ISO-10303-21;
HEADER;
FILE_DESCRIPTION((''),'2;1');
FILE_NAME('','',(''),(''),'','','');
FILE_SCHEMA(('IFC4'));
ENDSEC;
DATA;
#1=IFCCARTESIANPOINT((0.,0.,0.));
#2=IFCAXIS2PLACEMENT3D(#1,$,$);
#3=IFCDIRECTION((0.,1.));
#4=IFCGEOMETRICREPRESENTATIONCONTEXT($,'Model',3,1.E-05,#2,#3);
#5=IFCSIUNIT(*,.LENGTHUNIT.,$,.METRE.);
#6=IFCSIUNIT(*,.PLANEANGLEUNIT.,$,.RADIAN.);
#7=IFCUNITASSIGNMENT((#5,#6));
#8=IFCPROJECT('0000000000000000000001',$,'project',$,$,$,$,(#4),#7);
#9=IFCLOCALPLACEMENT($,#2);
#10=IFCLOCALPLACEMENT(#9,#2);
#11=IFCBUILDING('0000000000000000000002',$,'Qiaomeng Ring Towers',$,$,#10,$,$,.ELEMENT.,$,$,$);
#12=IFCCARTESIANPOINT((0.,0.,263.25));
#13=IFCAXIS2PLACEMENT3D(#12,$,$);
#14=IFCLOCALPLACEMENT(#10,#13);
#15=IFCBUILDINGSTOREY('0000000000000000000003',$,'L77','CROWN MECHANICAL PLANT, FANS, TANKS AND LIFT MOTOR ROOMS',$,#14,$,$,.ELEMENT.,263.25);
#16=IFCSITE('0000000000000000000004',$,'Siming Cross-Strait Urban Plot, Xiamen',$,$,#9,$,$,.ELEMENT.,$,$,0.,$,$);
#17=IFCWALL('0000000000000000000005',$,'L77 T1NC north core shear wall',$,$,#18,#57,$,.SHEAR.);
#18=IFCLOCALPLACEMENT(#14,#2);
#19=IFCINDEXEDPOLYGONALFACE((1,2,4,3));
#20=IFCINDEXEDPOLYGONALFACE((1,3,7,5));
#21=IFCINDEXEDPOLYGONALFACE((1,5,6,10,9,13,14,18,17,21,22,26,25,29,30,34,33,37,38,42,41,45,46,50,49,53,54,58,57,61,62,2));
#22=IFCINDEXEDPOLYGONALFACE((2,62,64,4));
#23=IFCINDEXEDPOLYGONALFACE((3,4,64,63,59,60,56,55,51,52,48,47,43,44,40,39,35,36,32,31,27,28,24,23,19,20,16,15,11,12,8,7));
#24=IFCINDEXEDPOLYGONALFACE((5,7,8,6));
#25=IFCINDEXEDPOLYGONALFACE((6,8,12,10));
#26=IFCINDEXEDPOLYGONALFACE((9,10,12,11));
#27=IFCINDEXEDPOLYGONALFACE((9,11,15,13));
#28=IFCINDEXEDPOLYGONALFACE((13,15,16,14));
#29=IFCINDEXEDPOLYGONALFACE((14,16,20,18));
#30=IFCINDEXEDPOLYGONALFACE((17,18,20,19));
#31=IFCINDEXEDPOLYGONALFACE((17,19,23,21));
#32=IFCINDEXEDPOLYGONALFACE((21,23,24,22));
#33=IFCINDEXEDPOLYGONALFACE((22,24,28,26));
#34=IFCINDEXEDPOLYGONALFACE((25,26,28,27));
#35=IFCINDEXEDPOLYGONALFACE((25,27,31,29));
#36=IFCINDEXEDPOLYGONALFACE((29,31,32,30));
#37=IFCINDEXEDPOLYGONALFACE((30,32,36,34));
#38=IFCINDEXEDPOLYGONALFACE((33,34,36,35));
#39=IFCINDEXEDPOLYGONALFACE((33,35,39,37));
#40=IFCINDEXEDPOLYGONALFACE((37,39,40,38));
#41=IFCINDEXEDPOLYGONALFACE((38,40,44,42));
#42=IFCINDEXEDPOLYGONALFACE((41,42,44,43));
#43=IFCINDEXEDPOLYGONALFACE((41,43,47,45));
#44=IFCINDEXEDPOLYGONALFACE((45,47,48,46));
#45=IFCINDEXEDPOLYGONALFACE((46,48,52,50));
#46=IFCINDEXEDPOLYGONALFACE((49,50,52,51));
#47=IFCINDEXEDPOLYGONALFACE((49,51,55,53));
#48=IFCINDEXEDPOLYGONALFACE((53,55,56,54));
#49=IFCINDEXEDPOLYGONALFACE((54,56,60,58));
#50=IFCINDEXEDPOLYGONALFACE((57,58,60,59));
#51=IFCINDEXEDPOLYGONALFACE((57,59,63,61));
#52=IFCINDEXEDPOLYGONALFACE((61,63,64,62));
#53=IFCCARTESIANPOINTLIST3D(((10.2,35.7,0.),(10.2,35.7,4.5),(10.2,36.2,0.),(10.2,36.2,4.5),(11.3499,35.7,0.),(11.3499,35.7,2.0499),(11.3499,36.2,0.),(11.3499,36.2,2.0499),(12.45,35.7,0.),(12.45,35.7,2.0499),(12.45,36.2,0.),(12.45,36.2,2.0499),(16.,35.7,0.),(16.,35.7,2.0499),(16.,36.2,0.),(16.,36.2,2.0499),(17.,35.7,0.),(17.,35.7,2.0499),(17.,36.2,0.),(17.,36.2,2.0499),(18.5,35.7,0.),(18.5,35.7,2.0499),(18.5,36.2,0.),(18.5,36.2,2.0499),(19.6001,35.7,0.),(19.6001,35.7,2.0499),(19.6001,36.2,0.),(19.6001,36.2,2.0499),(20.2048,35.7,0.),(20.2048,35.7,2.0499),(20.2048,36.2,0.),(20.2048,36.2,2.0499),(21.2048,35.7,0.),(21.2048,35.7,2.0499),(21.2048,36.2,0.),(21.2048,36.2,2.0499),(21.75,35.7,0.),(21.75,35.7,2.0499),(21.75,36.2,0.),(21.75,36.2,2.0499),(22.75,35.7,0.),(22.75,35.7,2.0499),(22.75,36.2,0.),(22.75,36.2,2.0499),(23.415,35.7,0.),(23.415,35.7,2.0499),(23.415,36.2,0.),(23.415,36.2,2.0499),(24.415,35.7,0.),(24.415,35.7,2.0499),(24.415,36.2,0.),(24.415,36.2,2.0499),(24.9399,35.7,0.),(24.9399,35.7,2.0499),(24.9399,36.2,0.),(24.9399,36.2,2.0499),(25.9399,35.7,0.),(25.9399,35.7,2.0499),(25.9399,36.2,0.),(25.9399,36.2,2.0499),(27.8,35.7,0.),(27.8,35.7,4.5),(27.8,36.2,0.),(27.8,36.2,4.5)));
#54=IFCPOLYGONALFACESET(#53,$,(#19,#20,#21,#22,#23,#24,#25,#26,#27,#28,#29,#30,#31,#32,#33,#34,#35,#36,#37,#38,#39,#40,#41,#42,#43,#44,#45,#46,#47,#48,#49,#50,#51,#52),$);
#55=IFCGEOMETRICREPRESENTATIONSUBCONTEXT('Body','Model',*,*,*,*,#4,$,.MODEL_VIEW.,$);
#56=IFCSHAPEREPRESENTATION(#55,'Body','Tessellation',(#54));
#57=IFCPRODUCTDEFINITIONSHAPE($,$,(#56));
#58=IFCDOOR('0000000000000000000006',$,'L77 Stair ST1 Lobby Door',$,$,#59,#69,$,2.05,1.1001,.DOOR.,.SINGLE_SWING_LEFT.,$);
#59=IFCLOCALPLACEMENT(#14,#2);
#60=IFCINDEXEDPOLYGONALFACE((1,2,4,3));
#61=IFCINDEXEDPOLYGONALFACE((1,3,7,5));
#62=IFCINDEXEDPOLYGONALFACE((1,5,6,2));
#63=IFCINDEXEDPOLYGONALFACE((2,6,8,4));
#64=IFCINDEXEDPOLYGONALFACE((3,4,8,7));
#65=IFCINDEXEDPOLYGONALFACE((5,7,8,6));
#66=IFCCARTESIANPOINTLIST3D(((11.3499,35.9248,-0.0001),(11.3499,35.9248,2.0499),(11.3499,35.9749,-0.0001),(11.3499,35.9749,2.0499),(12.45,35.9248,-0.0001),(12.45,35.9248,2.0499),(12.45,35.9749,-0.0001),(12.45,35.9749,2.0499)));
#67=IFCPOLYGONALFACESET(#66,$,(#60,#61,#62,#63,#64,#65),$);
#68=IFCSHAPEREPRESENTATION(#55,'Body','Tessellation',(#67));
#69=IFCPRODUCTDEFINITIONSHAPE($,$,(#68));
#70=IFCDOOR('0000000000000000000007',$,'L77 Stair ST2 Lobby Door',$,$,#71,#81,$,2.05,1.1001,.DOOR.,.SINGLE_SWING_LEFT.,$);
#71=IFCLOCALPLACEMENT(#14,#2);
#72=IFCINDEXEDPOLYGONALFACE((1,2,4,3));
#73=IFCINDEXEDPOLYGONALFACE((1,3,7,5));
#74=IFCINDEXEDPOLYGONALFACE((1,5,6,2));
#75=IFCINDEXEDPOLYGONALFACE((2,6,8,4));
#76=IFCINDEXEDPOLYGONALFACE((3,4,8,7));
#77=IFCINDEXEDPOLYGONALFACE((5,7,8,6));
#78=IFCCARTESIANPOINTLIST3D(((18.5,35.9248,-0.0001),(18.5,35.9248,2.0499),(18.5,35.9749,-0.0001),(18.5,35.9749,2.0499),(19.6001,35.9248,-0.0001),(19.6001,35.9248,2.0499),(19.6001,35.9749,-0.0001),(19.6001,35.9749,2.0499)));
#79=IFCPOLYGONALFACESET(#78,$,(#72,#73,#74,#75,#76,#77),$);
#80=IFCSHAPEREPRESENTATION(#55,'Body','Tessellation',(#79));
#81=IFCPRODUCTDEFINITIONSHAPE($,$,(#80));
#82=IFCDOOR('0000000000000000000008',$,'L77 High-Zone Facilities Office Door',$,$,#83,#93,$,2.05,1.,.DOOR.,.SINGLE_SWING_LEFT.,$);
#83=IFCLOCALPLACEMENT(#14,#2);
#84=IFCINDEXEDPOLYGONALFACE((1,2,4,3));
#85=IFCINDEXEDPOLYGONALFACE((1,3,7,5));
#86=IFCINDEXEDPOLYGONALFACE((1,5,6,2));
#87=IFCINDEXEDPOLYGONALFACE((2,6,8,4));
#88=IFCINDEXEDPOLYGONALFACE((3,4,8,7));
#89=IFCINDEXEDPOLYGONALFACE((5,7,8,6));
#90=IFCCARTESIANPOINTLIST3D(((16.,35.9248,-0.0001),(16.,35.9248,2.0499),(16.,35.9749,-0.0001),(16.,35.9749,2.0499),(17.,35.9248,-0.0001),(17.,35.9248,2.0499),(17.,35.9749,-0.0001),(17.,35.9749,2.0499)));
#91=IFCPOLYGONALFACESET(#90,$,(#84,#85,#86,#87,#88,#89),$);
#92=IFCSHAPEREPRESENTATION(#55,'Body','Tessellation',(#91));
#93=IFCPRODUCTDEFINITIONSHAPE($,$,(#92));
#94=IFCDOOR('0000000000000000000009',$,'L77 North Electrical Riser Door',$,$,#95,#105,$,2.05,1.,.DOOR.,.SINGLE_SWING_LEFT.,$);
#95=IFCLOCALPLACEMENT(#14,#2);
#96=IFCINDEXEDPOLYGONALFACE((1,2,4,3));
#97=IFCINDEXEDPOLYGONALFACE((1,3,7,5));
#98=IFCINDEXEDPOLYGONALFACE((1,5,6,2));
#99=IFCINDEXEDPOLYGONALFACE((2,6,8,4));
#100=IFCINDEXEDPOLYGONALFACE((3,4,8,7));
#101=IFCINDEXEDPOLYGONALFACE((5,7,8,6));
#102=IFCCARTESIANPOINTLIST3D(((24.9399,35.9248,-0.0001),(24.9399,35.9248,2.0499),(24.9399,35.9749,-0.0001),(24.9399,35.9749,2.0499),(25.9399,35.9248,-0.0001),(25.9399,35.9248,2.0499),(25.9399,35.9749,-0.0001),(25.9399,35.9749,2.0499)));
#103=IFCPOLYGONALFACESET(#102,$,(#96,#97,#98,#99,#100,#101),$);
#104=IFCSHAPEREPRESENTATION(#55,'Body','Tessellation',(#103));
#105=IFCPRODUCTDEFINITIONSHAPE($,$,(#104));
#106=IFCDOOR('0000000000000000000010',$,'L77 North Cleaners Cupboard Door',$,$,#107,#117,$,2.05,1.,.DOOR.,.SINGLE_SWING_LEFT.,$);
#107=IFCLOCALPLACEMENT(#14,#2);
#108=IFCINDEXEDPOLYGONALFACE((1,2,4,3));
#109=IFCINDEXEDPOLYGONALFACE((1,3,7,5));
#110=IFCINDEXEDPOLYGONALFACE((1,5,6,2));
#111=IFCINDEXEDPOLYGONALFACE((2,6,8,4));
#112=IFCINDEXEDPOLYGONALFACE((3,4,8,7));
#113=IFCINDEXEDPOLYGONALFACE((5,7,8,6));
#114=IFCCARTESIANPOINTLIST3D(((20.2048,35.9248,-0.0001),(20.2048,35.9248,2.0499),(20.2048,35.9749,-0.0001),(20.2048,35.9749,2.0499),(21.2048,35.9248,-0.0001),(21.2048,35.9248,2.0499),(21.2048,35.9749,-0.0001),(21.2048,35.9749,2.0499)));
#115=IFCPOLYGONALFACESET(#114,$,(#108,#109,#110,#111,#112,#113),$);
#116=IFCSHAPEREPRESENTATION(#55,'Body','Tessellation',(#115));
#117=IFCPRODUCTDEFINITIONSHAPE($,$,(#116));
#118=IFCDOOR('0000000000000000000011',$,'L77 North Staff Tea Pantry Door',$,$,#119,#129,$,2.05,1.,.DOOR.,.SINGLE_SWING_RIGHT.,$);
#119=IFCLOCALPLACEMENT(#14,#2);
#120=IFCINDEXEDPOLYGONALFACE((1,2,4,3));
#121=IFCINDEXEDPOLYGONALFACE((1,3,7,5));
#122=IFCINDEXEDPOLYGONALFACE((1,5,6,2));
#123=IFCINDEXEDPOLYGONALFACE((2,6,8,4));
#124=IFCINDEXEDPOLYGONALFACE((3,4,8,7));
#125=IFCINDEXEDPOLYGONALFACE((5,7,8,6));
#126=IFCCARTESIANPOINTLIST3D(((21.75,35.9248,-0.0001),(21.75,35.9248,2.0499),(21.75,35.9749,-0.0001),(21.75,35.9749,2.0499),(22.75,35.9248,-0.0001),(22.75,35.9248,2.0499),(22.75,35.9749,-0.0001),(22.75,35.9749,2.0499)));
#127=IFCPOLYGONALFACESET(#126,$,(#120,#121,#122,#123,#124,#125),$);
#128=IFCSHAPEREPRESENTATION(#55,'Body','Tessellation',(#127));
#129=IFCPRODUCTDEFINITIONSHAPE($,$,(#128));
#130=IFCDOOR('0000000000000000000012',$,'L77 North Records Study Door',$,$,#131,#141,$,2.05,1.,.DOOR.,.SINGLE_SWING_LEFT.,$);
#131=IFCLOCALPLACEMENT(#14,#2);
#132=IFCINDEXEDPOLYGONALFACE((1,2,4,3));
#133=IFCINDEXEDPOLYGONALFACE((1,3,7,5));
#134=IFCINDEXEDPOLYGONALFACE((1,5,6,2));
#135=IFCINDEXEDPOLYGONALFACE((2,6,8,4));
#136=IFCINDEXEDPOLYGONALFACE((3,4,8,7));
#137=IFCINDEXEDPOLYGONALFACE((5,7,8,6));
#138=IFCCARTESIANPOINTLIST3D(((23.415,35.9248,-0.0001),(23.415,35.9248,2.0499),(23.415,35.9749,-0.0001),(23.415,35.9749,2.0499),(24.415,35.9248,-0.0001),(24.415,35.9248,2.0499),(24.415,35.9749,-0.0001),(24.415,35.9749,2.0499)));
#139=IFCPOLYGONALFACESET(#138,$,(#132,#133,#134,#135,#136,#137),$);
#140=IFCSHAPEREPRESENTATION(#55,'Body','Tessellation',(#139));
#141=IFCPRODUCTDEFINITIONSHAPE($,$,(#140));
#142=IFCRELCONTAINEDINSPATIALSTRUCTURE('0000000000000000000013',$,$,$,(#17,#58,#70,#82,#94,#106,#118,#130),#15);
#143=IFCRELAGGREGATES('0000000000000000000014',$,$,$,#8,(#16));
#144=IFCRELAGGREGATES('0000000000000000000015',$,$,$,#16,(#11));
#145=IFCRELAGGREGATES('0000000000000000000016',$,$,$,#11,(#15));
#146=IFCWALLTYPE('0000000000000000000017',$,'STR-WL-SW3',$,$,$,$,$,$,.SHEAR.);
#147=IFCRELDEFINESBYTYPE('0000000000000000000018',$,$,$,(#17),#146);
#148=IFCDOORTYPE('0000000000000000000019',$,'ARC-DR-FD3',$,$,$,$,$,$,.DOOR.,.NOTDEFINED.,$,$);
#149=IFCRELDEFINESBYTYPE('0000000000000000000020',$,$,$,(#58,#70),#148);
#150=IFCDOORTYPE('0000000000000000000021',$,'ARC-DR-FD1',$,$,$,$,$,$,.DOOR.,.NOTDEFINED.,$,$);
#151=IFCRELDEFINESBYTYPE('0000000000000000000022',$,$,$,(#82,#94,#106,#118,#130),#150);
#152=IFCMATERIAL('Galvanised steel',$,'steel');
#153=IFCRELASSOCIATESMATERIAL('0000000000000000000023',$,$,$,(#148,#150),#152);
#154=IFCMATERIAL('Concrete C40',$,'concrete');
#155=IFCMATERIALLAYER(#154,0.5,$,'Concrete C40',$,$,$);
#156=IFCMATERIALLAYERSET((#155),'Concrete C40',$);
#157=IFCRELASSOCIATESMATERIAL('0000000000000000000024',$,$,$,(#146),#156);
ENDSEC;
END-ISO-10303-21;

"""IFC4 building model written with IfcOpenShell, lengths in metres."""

from ifc_helpers import new_model, si_unit, direction, frame, frame_2d, origin, place, context, subcontext, project, spatial, rectangle, extrude, source, transform, mapped, material, layer, layer_set, type_object, element, fill, save


model = new_model("IFC4")

# Units and contexts
model_context = context("Model", 3, precision=1e-05, world=origin(), true_north=direction((0.0, 1.0)))
body_context = subcontext(model_context, "Body", "Model", "MODEL_VIEW")
ifc_project = project(units=[si_unit("LENGTHUNIT", "METRE"), si_unit("PLANEANGLEUNIT", "RADIAN")], contexts=[model_context])

# Site, building, storey
site_placement = place(None, origin())
site = spatial("IfcSite", under=ifc_project, at=site_placement, Name="Siming Cross-Strait Urban Plot, Xiamen", CompositionType="ELEMENT", RefElevation=0.0)
building_placement = place(site_placement, origin())
building = spatial("IfcBuilding", under=site, at=building_placement, Name="Qiaomeng Ring Towers", CompositionType="ELEMENT")
storey_placement = place(building_placement, frame((0.0, 0.0, 263.25)))
storey = spatial("IfcBuildingStorey", under=building, at=storey_placement, Name="L77", Description="CROWN MECHANICAL PLANT, FANS, TANKS AND LIFT MOTOR ROOMS", CompositionType="ELEMENT", Elevation=263.25)

# Shared definitions
ifc_material_1 = material(Name="Concrete C40", Category="concrete")

# Shared definitions
ifc_material_2 = material(Name="Galvanised steel", Category="steel")
door_type_1 = type_object("IfcDoorType", Name="ARC-DR-FD3", OperationType="NOTDEFINED", PredefinedType="DOOR", material=ifc_material_2)
shared_shape_1 = source(origin(), body_context, "Body", "SweptSolid", [
    extrude(rectangle(XDim=1.1001, YDim=2.05, at=frame_2d((0.55, 1.0249))), frame((0.0, 0.0249, 0.0), z_axis=(0.0, -1.0, 0.0), x_axis=(1.0, 0.0, 0.0)), (0.0, 0.0, 1.0), 0.05),
])

# Wall, openings, doors
ifc_layer_1 = layer(ifc_material_1, 0.5, Name="Concrete C40")
ifc_layer_set_1 = layer_set([ifc_layer_1], Name="Concrete C40")
wall_type_1 = type_object("IfcWallType", Name="STR-WL-SW3", PredefinedType="SHEAR", material=ifc_layer_set_1)
wall_1_placement = place(storey_placement, frame((10.2, 35.95, 0.0), z_axis=(0.0, 0.0, 1.0), x_axis=(1.0, 0.0, 0.0)))
wall_1 = element("IfcWall", 1, at=wall_1_placement, inside=storey, type_object=wall_type_1, Name="L77 T1NC north core shear wall", PredefinedType="SHEAR", context=body_context, shape_type="SweptSolid", body=[
    extrude(rectangle(XDim=17.6001, YDim=0.5, at=frame_2d((8.8, 0.0))), origin(), (0.0, 0.0, 1.0), 4.5),
])
opening_1_placement = place(wall_1_placement, frame((1.1499, 0.0, 0.0)))
opening_1 = element("IfcOpeningElement", 2, at=opening_1_placement, cuts=wall_1, PredefinedType="OPENING", context=body_context, shape_type="SweptSolid", body=[
    extrude(rectangle(XDim=1.1001, YDim=2.05, at=frame_2d((0.55, 1.0249))), frame((0.0, 0.26, 0.0), z_axis=(0.0, -1.0, 0.0), x_axis=(1.0, 0.0, 0.0)), (0.0, 0.0, 1.0), 0.52),
])
opening_2_placement = place(wall_1_placement, frame((8.3, 0.0, 0.0)))
opening_2 = element("IfcOpeningElement", 3, at=opening_2_placement, cuts=wall_1, PredefinedType="OPENING", context=body_context, shape_type="SweptSolid", body=[
    extrude(rectangle(XDim=1.1001, YDim=2.05, at=frame_2d((0.55, 1.0249))), frame((0.0, 0.26, 0.0), z_axis=(0.0, -1.0, 0.0), x_axis=(1.0, 0.0, 0.0)), (0.0, 0.0, 1.0), 0.52),
])
opening_3_placement = place(wall_1_placement, frame((5.8, 0.0, 0.0)))
opening_3 = element("IfcOpeningElement", 4, at=opening_3_placement, cuts=wall_1, PredefinedType="OPENING", context=body_context, shape_type="SweptSolid", body=[
    extrude(rectangle(XDim=1.0, YDim=2.05, at=frame_2d((0.5, 1.0249))), frame((0.0, 0.26, 0.0), z_axis=(0.0, -1.0, 0.0), x_axis=(1.0, 0.0, 0.0)), (0.0, 0.0, 1.0), 0.52),
])
opening_4_placement = place(wall_1_placement, frame((14.74, 0.0, 0.0)))
opening_4 = element("IfcOpeningElement", 5, at=opening_4_placement, cuts=wall_1, PredefinedType="OPENING", context=body_context, shape_type="SweptSolid", body=[
    extrude(rectangle(XDim=1.0, YDim=2.05, at=frame_2d((0.5, 1.0249))), frame((0.0, 0.26, 0.0), z_axis=(0.0, -1.0, 0.0), x_axis=(1.0, 0.0, 0.0)), (0.0, 0.0, 1.0), 0.52),
])
opening_5_placement = place(wall_1_placement, frame((10.0049, 0.0, 0.0)))
opening_5 = element("IfcOpeningElement", 6, at=opening_5_placement, cuts=wall_1, PredefinedType="OPENING", context=body_context, shape_type="SweptSolid", body=[
    extrude(rectangle(XDim=1.0, YDim=2.05, at=frame_2d((0.5, 1.0249))), frame((0.0, 0.26, 0.0), z_axis=(0.0, -1.0, 0.0), x_axis=(1.0, 0.0, 0.0)), (0.0, 0.0, 1.0), 0.52),
])
opening_6_placement = place(wall_1_placement, frame((11.55, 0.0, 0.0)))
opening_6 = element("IfcOpeningElement", 7, at=opening_6_placement, cuts=wall_1, PredefinedType="OPENING", context=body_context, shape_type="SweptSolid", body=[
    extrude(rectangle(XDim=1.0, YDim=2.05, at=frame_2d((0.5, 1.0249))), frame((0.0, 0.26, 0.0), z_axis=(0.0, -1.0, 0.0), x_axis=(1.0, 0.0, 0.0)), (0.0, 0.0, 1.0), 0.52),
])
opening_7_placement = place(wall_1_placement, frame((13.2151, 0.0, 0.0)))
opening_7 = element("IfcOpeningElement", 8, at=opening_7_placement, cuts=wall_1, PredefinedType="OPENING", context=body_context, shape_type="SweptSolid", body=[
    extrude(rectangle(XDim=1.0, YDim=2.05, at=frame_2d((0.5, 1.0249))), frame((0.0, 0.26, 0.0), z_axis=(0.0, -1.0, 0.0), x_axis=(1.0, 0.0, 0.0)), (0.0, 0.0, 1.0), 0.52),
])
door_1_placement = place(opening_1_placement, origin())
door_1 = element("IfcDoor", 9, at=door_1_placement, inside=storey, type_object=door_type_1, Name="L77 Stair ST1 Lobby Door", OperationType="SINGLE_SWING_LEFT", OverallHeight=2.05, OverallWidth=1.1001, PredefinedType="DOOR", context=body_context, shape_type="MappedRepresentation", body=[
    mapped(shared_shape_1, transform((0.0, 0.0, 0.0), x_axis=(1.0, 0.0, 0.0), y_axis=(0.0, 1.0, 0.0), z_axis=(0.0, 0.0, 1.0), scale=1.0)),
])
fill(opening_1, door_1)
door_2_placement = place(opening_2_placement, origin())
door_2 = element("IfcDoor", 10, at=door_2_placement, inside=storey, type_object=door_type_1, Name="L77 Stair ST2 Lobby Door", OperationType="SINGLE_SWING_LEFT", OverallHeight=2.05, OverallWidth=1.1001, PredefinedType="DOOR", context=body_context, shape_type="MappedRepresentation", body=[
    mapped(shared_shape_1, transform((0.0, 0.0, 0.0), x_axis=(1.0, 0.0, 0.0), y_axis=(0.0, 1.0, 0.0), z_axis=(0.0, 0.0, 1.0), scale=1.0)),
])
fill(opening_2, door_2)
door_type_2 = type_object("IfcDoorType", Name="ARC-DR-FD1", OperationType="NOTDEFINED", PredefinedType="DOOR", material=ifc_material_2)
shared_shape_2 = source(origin(), body_context, "Body", "SweptSolid", [
    extrude(rectangle(XDim=1.0, YDim=2.05, at=frame_2d((0.5, 1.0249))), frame((0.0, 0.0249, 0.0), z_axis=(0.0, -1.0, 0.0), x_axis=(1.0, 0.0, 0.0)), (0.0, 0.0, 1.0), 0.05),
])
door_3_placement = place(opening_3_placement, origin())
door_3 = element("IfcDoor", 11, at=door_3_placement, inside=storey, type_object=door_type_2, Name="L77 High-Zone Facilities Office Door", OperationType="SINGLE_SWING_LEFT", OverallHeight=2.05, OverallWidth=1.0, PredefinedType="DOOR", context=body_context, shape_type="MappedRepresentation", body=[
    mapped(shared_shape_2, transform((0.0, 0.0, 0.0), x_axis=(1.0, 0.0, 0.0), y_axis=(0.0, 1.0, 0.0), z_axis=(0.0, 0.0, 1.0), scale=1.0)),
])
fill(opening_3, door_3)
door_4_placement = place(opening_4_placement, origin())
door_4 = element("IfcDoor", 12, at=door_4_placement, inside=storey, type_object=door_type_2, Name="L77 North Electrical Riser Door", OperationType="SINGLE_SWING_LEFT", OverallHeight=2.05, OverallWidth=1.0, PredefinedType="DOOR", context=body_context, shape_type="MappedRepresentation", body=[
    mapped(shared_shape_2, transform((0.0, 0.0, 0.0), x_axis=(1.0, 0.0, 0.0), y_axis=(0.0, 1.0, 0.0), z_axis=(0.0, 0.0, 1.0), scale=1.0)),
])
fill(opening_4, door_4)
door_5_placement = place(opening_5_placement, origin())
door_5 = element("IfcDoor", 13, at=door_5_placement, inside=storey, type_object=door_type_2, Name="L77 North Cleaners Cupboard Door", OperationType="SINGLE_SWING_LEFT", OverallHeight=2.05, OverallWidth=1.0, PredefinedType="DOOR", context=body_context, shape_type="MappedRepresentation", body=[
    mapped(shared_shape_2, transform((0.0, 0.0, 0.0), x_axis=(1.0, 0.0, 0.0), y_axis=(0.0, 1.0, 0.0), z_axis=(0.0, 0.0, 1.0), scale=1.0)),
])
fill(opening_5, door_5)
door_6_placement = place(opening_6_placement, origin())
door_6 = element("IfcDoor", 14, at=door_6_placement, inside=storey, type_object=door_type_2, Name="L77 North Staff Tea Pantry Door", OperationType="SINGLE_SWING_RIGHT", OverallHeight=2.05, OverallWidth=1.0, PredefinedType="DOOR", context=body_context, shape_type="MappedRepresentation", body=[
    mapped(shared_shape_2, transform((0.0, 0.0, 0.0), x_axis=(1.0, 0.0, 0.0), y_axis=(0.0, 1.0, 0.0), z_axis=(0.0, 0.0, 1.0), scale=1.0)),
])
fill(opening_6, door_6)
door_7_placement = place(opening_7_placement, origin())
door_7 = element("IfcDoor", 15, at=door_7_placement, inside=storey, type_object=door_type_2, Name="L77 North Records Study Door", OperationType="SINGLE_SWING_LEFT", OverallHeight=2.05, OverallWidth=1.0, PredefinedType="DOOR", context=body_context, shape_type="MappedRepresentation", body=[
    mapped(shared_shape_2, transform((0.0, 0.0, 0.0), x_axis=(1.0, 0.0, 0.0), y_axis=(0.0, 1.0, 0.0), z_axis=(0.0, 0.0, 1.0), scale=1.0)),
])
fill(opening_7, door_7)

save(model, "model.ifc")
